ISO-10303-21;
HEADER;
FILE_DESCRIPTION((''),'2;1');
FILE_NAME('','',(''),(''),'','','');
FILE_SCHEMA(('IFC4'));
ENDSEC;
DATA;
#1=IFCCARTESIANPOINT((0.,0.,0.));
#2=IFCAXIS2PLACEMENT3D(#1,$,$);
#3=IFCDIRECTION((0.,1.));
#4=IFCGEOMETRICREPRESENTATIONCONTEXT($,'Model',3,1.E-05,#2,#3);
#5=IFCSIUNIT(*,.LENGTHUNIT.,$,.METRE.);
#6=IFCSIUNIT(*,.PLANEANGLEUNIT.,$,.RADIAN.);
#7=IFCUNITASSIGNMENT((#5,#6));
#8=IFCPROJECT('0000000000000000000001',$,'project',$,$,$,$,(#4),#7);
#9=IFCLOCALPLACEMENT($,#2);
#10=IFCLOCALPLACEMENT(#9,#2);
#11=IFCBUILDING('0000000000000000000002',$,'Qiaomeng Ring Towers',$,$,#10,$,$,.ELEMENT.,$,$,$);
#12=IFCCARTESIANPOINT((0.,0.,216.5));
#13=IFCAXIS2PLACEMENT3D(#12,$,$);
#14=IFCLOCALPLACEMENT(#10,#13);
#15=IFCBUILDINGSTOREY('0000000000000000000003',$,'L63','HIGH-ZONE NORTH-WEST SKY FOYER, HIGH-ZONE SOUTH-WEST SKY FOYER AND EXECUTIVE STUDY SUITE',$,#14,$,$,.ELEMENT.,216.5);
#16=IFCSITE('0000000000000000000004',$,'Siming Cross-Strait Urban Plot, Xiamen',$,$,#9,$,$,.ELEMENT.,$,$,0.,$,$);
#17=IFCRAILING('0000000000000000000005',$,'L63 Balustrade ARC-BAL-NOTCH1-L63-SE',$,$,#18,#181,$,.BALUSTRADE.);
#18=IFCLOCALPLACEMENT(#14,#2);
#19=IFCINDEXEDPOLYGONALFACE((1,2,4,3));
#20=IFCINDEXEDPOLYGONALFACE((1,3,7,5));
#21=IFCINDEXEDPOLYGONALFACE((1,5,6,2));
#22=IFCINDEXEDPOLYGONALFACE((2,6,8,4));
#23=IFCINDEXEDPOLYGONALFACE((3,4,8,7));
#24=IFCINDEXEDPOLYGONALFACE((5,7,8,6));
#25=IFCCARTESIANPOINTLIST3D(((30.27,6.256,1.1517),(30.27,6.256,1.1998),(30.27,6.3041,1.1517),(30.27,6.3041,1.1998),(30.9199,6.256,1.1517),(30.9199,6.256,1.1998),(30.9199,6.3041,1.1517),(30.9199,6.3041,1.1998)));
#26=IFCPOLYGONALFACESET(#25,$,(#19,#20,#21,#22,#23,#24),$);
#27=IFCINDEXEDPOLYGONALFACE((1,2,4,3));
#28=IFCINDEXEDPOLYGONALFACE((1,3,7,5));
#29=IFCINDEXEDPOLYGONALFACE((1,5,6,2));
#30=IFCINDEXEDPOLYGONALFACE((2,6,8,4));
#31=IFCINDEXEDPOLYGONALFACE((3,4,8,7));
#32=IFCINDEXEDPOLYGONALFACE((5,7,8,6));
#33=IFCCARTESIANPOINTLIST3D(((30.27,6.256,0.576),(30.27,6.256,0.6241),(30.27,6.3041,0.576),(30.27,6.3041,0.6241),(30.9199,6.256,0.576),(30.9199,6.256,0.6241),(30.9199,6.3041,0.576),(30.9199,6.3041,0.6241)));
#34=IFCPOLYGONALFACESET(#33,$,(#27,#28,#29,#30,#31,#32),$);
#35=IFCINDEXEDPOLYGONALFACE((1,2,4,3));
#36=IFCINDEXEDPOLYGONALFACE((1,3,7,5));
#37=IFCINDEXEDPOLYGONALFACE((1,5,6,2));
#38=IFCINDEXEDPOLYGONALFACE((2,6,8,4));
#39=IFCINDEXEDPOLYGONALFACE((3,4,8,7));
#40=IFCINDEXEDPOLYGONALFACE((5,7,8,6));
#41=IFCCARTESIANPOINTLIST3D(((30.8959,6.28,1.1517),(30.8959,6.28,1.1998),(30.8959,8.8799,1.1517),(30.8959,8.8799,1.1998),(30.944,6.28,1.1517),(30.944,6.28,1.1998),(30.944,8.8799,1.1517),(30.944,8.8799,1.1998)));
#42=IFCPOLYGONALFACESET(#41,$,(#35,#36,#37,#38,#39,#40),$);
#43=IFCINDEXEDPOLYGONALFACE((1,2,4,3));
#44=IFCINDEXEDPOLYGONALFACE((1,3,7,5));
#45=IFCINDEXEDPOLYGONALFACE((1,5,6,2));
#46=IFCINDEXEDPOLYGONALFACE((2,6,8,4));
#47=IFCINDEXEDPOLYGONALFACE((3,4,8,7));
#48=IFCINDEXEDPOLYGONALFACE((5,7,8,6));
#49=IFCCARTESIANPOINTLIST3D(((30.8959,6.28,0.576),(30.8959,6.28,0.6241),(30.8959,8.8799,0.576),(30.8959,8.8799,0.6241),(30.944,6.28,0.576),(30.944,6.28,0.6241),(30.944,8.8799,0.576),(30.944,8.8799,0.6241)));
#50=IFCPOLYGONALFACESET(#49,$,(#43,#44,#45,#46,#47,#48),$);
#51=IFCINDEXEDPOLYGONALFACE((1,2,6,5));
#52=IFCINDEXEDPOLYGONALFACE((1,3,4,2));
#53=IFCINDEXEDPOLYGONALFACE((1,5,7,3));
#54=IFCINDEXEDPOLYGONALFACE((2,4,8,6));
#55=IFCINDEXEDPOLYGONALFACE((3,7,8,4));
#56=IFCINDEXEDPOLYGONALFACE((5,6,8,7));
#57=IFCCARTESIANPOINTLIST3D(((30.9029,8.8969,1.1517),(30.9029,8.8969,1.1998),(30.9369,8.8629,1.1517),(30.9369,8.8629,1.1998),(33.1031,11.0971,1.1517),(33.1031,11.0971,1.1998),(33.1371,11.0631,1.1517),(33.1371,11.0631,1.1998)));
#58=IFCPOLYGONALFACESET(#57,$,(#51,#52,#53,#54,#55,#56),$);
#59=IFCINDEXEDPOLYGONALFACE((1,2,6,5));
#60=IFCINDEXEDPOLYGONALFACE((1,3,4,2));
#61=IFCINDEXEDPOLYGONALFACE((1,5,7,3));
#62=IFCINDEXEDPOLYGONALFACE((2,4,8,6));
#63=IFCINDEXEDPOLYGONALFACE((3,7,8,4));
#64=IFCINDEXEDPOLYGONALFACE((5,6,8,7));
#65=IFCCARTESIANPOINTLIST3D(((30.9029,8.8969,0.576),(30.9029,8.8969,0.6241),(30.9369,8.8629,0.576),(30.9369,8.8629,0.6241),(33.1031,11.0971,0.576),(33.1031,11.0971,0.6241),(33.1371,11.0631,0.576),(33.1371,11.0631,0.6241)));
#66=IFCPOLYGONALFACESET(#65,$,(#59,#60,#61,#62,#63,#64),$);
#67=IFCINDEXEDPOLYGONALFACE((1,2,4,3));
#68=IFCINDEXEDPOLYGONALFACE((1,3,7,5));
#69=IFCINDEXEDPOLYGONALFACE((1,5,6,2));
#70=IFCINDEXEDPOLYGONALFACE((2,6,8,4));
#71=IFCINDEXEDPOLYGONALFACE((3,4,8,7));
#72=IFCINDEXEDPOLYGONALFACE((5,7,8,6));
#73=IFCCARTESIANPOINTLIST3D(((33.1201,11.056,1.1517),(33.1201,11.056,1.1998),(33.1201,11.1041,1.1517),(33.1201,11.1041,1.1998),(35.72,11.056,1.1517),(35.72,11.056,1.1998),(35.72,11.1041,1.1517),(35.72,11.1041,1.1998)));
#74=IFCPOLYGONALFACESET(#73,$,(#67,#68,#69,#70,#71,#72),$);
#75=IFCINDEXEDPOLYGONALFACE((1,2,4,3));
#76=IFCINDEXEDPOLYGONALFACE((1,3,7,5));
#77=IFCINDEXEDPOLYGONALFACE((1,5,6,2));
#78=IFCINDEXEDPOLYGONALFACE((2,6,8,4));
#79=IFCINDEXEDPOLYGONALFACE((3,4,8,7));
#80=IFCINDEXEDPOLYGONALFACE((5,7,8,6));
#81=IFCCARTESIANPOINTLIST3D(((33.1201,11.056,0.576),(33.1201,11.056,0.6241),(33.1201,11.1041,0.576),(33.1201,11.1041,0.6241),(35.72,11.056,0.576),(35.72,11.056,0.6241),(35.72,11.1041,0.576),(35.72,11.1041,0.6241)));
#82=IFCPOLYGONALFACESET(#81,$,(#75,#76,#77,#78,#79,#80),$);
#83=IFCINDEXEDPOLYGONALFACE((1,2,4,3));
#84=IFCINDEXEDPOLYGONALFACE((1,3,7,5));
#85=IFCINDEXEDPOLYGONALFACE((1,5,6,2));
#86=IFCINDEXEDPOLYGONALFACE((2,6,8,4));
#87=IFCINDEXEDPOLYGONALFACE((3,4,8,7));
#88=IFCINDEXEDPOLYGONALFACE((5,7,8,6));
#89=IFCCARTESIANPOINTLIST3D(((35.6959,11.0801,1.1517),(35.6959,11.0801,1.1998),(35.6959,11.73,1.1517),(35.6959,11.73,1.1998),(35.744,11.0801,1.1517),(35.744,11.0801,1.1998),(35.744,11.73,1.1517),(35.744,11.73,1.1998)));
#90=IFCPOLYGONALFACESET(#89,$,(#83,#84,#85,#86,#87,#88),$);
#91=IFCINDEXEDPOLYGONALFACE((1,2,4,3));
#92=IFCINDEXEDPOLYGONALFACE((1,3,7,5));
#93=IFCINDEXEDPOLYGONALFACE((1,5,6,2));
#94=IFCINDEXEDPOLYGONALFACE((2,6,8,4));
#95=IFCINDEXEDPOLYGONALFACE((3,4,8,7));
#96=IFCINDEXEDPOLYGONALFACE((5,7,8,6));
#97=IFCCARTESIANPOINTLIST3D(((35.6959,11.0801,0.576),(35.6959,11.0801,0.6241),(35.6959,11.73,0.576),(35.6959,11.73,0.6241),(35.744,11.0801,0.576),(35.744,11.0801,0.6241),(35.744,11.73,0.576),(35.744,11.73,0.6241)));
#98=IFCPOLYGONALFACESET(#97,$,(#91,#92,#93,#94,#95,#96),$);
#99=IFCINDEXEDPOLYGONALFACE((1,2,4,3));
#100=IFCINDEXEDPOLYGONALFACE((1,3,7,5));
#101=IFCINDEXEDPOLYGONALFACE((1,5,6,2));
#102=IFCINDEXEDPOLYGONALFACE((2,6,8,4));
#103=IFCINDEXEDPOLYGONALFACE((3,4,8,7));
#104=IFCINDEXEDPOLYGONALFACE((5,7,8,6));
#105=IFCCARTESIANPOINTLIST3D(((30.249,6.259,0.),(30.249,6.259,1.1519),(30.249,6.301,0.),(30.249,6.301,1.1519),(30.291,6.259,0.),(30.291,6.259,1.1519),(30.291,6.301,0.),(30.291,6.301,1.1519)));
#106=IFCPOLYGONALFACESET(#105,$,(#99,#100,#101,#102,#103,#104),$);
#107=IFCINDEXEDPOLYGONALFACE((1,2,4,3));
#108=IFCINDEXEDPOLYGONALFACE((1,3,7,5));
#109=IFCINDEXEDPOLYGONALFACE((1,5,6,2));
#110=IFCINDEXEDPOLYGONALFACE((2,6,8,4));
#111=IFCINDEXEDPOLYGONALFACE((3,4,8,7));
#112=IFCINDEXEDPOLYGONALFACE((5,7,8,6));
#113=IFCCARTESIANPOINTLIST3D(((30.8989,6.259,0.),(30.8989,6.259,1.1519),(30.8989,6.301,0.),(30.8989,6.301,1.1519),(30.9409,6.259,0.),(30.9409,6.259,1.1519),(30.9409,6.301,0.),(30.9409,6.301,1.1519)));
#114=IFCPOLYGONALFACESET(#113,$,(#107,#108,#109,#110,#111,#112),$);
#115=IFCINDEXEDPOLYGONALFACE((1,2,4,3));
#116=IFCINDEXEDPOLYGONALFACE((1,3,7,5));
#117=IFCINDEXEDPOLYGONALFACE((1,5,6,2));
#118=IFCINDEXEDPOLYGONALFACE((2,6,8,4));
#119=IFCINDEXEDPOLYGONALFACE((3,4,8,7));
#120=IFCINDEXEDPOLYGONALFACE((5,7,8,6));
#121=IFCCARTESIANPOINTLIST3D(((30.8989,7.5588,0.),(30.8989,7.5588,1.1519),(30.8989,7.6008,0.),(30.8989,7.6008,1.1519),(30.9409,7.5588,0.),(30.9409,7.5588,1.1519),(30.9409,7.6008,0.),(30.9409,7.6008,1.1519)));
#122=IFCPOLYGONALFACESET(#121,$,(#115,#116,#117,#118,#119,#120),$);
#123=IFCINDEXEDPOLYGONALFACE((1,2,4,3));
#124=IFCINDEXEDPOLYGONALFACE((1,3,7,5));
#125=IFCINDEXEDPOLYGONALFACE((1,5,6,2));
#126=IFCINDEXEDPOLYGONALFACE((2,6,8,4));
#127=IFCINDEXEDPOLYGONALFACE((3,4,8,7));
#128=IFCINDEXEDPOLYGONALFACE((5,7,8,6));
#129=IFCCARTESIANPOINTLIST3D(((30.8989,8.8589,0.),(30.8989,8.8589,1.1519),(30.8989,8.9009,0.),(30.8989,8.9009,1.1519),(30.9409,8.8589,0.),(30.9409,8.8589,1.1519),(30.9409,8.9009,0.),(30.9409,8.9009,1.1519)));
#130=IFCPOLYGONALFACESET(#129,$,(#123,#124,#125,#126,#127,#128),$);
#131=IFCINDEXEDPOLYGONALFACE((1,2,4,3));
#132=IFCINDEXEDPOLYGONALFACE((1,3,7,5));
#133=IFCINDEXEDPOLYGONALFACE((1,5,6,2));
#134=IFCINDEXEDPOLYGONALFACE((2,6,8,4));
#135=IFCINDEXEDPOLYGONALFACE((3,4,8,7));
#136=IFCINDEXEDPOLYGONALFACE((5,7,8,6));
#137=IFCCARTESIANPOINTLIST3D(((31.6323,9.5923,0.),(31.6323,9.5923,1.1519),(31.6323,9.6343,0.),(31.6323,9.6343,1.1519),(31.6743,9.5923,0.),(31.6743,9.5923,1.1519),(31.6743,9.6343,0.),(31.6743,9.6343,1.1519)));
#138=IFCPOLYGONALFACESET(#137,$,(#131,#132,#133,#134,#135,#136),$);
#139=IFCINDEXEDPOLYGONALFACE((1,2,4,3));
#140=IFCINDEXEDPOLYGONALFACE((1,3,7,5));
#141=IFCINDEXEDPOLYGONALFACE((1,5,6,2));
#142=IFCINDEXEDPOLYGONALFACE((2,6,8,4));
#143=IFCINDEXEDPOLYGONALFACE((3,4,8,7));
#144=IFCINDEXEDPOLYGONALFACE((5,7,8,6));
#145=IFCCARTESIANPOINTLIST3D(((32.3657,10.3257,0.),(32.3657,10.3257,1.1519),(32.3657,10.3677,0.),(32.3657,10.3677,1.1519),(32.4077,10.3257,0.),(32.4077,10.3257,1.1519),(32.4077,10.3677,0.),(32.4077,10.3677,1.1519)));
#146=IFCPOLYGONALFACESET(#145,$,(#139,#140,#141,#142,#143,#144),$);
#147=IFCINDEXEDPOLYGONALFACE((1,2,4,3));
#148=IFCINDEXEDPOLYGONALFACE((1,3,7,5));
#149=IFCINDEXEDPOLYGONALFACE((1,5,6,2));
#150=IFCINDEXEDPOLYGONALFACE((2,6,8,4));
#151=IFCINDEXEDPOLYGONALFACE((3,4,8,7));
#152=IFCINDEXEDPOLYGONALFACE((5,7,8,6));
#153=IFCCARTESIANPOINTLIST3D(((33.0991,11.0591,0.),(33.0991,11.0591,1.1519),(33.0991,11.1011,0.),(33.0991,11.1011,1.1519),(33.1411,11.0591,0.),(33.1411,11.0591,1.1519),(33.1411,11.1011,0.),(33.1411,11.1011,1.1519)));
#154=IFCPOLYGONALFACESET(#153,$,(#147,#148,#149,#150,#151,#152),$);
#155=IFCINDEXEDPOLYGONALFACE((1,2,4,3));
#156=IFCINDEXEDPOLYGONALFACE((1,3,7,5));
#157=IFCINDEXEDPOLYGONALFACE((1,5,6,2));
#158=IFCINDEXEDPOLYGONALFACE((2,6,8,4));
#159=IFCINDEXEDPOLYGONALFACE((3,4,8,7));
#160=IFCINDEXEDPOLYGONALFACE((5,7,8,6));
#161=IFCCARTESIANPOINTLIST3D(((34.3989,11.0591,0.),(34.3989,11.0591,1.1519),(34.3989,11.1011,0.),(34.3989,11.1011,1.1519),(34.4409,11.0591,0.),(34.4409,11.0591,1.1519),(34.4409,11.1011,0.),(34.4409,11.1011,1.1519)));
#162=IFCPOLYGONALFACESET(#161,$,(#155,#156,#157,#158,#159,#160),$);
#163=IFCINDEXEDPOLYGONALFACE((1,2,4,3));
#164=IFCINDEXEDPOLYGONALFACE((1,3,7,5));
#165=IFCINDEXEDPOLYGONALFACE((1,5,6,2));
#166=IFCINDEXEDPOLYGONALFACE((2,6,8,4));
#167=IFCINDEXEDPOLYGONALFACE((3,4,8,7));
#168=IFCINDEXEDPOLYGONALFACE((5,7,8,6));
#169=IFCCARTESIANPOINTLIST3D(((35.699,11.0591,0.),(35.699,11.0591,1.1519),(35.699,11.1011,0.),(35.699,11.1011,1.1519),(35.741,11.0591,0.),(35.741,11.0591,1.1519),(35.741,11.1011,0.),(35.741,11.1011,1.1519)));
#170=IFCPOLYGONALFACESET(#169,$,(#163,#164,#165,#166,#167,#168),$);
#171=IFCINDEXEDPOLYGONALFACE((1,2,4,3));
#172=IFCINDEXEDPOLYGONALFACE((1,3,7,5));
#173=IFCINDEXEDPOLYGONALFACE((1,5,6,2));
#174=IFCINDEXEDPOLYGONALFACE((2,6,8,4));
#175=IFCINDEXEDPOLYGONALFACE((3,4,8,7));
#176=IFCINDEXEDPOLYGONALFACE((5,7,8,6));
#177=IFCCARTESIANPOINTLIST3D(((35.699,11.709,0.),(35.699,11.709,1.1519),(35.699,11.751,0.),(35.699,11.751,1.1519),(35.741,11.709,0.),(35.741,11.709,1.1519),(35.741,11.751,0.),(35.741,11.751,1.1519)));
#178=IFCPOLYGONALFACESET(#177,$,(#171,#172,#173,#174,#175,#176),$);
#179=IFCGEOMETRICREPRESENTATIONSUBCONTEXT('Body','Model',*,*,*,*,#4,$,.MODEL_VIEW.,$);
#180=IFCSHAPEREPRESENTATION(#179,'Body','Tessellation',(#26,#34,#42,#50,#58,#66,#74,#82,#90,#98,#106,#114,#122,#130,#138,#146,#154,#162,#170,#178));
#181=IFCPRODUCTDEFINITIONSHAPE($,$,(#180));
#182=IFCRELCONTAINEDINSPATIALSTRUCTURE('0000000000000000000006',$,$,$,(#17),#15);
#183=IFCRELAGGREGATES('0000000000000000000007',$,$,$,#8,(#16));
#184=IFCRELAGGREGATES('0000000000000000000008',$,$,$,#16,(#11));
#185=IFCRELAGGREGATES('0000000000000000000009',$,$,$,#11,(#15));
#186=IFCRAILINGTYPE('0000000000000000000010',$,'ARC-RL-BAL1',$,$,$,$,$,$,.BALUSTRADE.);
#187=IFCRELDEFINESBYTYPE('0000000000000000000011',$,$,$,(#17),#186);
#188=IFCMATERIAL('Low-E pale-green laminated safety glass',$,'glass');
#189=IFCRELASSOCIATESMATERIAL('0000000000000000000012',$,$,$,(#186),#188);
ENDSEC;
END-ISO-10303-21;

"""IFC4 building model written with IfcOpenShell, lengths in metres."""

from ifc_helpers import new_model, si_unit, direction, frame, origin, origin_2d, place, context, subcontext, project, spatial, rectangle, extrude, material, type_object, element, save


model = new_model("IFC4")

# Units and contexts
model_context = context("Model", 3, precision=1e-05, world=origin(), true_north=direction((0.0, 1.0)))
body_context = subcontext(model_context, "Body", "Model", "MODEL_VIEW")
ifc_project = project(units=[si_unit("LENGTHUNIT", "METRE"), si_unit("PLANEANGLEUNIT", "RADIAN")], contexts=[model_context])

# Site, building, storey
site_placement = place(None, origin())
site = spatial("IfcSite", under=ifc_project, at=site_placement, Name="Siming Cross-Strait Urban Plot, Xiamen", CompositionType="ELEMENT", RefElevation=0.0)
building_placement = place(site_placement, origin())
building = spatial("IfcBuilding", under=site, at=building_placement, Name="Qiaomeng Ring Towers", CompositionType="ELEMENT")
storey_placement = place(building_placement, frame((0.0, 0.0, 216.5)))
storey = spatial("IfcBuildingStorey", under=building, at=storey_placement, Name="L63", Description="HIGH-ZONE NORTH-WEST SKY FOYER, HIGH-ZONE SOUTH-WEST SKY FOYER AND EXECUTIVE STUDY SUITE", CompositionType="ELEMENT", Elevation=216.5)

# Railing
ifc_material_1 = material(Name="Low-E pale-green laminated safety glass", Category="glass")
railing_type = type_object("IfcRailingType", Name="ARC-RL-BAL1", PredefinedType="BALUSTRADE", material=ifc_material_1)
railing_placement = place(storey_placement, frame((30.27, 6.28, 0.0)))
element("IfcRailing", 1, at=railing_placement, inside=storey, type_object=railing_type, Name="L63 Balustrade ARC-BAL-NOTCH1-L63-SE", PredefinedType="BALUSTRADE", context=body_context, shape_type="SweptSolid", body=[
    extrude(rectangle(XDim=0.0481, YDim=0.0481, at=origin_2d()), frame((0.0, 0.0, 1.1758), z_axis=(1.0, 0.0, 0.0), x_axis=(0.0, 1.0, 0.0)), (0.0, 0.0, 1.0), 0.6499),
    extrude(rectangle(XDim=0.0481, YDim=0.0481, at=origin_2d()), frame((0.0, 0.0, 0.6001), z_axis=(1.0, 0.0, 0.0), x_axis=(0.0, 1.0, 0.0)), (0.0, 0.0, 1.0), 0.6499),
    extrude(rectangle(XDim=0.0481, YDim=0.0481, at=origin_2d()), frame((0.6499, 0.0, 1.1758), z_axis=(0.0, 1.0, 0.0), x_axis=(-1.0, 0.0, 0.0)), (0.0, 0.0, 1.0), 2.5999),
    extrude(rectangle(XDim=0.0481, YDim=0.0481, at=origin_2d()), frame((0.6499, 0.0, 0.6001), z_axis=(0.0, 1.0, 0.0), x_axis=(-1.0, 0.0, 0.0)), (0.0, 0.0, 1.0), 2.5999),
    extrude(rectangle(XDim=0.0481, YDim=0.0481, at=origin_2d()), frame((0.6499, 2.5999, 1.1758), z_axis=(0.707107, 0.707107, 0.0), x_axis=(-0.707107, 0.707107, 0.0)), (0.0, 0.0, 1.0), 3.1116),
    extrude(rectangle(XDim=0.0481, YDim=0.0481, at=origin_2d()), frame((0.6499, 2.5999, 0.6001), z_axis=(0.707107, 0.707107, 0.0), x_axis=(-0.707107, 0.707107, 0.0)), (0.0, 0.0, 1.0), 3.1116),
    extrude(rectangle(XDim=0.0481, YDim=0.0481, at=origin_2d()), frame((2.8501, 4.8, 1.1758), z_axis=(1.0, 0.0, 0.0), x_axis=(0.0, 1.0, 0.0)), (0.0, 0.0, 1.0), 2.5999),
    extrude(rectangle(XDim=0.0481, YDim=0.0481, at=origin_2d()), frame((2.8501, 4.8, 0.6001), z_axis=(1.0, 0.0, 0.0), x_axis=(0.0, 1.0, 0.0)), (0.0, 0.0, 1.0), 2.5999),
    extrude(rectangle(XDim=0.0481, YDim=0.0481, at=origin_2d()), frame((5.45, 4.8, 1.1758), z_axis=(0.0, 1.0, 0.0), x_axis=(-1.0, 0.0, 0.0)), (0.0, 0.0, 1.0), 0.6499),
    extrude(rectangle(XDim=0.0481, YDim=0.0481, at=origin_2d()), frame((5.45, 4.8, 0.6001), z_axis=(0.0, 1.0, 0.0), x_axis=(-1.0, 0.0, 0.0)), (0.0, 0.0, 1.0), 0.6499),
    extrude(rectangle(XDim=0.042, YDim=0.042, at=origin_2d()), origin(), (0.0, 0.0, 1.0), 1.1519),
    extrude(rectangle(XDim=0.042, YDim=0.042, at=origin_2d()), frame((0.6499, 0.0, 0.0)), (0.0, 0.0, 1.0), 1.1519),
    extrude(rectangle(XDim=0.042, YDim=0.042, at=origin_2d()), frame((0.6499, 1.2998, 0.0)), (0.0, 0.0, 1.0), 1.1519),
    extrude(rectangle(XDim=0.042, YDim=0.042, at=origin_2d()), frame((0.6499, 2.5999, 0.0)), (0.0, 0.0, 1.0), 1.1519),
    extrude(rectangle(XDim=0.042, YDim=0.042, at=origin_2d()), frame((1.3833, 3.3333, 0.0)), (0.0, 0.0, 1.0), 1.1519),
    extrude(rectangle(XDim=0.042, YDim=0.042, at=origin_2d()), frame((2.1167, 4.0667, 0.0)), (0.0, 0.0, 1.0), 1.1519),
    extrude(rectangle(XDim=0.042, YDim=0.042, at=origin_2d()), frame((2.8501, 4.8, 0.0)), (0.0, 0.0, 1.0), 1.1519),
    extrude(rectangle(XDim=0.042, YDim=0.042, at=origin_2d()), frame((4.1499, 4.8, 0.0)), (0.0, 0.0, 1.0), 1.1519),
    extrude(rectangle(XDim=0.042, YDim=0.042, at=origin_2d()), frame((5.45, 4.8, 0.0)), (0.0, 0.0, 1.0), 1.1519),
    extrude(rectangle(XDim=0.042, YDim=0.042, at=origin_2d()), frame((5.45, 5.45, 0.0)), (0.0, 0.0, 1.0), 1.1519),
])

save(model, "model.ifc")
